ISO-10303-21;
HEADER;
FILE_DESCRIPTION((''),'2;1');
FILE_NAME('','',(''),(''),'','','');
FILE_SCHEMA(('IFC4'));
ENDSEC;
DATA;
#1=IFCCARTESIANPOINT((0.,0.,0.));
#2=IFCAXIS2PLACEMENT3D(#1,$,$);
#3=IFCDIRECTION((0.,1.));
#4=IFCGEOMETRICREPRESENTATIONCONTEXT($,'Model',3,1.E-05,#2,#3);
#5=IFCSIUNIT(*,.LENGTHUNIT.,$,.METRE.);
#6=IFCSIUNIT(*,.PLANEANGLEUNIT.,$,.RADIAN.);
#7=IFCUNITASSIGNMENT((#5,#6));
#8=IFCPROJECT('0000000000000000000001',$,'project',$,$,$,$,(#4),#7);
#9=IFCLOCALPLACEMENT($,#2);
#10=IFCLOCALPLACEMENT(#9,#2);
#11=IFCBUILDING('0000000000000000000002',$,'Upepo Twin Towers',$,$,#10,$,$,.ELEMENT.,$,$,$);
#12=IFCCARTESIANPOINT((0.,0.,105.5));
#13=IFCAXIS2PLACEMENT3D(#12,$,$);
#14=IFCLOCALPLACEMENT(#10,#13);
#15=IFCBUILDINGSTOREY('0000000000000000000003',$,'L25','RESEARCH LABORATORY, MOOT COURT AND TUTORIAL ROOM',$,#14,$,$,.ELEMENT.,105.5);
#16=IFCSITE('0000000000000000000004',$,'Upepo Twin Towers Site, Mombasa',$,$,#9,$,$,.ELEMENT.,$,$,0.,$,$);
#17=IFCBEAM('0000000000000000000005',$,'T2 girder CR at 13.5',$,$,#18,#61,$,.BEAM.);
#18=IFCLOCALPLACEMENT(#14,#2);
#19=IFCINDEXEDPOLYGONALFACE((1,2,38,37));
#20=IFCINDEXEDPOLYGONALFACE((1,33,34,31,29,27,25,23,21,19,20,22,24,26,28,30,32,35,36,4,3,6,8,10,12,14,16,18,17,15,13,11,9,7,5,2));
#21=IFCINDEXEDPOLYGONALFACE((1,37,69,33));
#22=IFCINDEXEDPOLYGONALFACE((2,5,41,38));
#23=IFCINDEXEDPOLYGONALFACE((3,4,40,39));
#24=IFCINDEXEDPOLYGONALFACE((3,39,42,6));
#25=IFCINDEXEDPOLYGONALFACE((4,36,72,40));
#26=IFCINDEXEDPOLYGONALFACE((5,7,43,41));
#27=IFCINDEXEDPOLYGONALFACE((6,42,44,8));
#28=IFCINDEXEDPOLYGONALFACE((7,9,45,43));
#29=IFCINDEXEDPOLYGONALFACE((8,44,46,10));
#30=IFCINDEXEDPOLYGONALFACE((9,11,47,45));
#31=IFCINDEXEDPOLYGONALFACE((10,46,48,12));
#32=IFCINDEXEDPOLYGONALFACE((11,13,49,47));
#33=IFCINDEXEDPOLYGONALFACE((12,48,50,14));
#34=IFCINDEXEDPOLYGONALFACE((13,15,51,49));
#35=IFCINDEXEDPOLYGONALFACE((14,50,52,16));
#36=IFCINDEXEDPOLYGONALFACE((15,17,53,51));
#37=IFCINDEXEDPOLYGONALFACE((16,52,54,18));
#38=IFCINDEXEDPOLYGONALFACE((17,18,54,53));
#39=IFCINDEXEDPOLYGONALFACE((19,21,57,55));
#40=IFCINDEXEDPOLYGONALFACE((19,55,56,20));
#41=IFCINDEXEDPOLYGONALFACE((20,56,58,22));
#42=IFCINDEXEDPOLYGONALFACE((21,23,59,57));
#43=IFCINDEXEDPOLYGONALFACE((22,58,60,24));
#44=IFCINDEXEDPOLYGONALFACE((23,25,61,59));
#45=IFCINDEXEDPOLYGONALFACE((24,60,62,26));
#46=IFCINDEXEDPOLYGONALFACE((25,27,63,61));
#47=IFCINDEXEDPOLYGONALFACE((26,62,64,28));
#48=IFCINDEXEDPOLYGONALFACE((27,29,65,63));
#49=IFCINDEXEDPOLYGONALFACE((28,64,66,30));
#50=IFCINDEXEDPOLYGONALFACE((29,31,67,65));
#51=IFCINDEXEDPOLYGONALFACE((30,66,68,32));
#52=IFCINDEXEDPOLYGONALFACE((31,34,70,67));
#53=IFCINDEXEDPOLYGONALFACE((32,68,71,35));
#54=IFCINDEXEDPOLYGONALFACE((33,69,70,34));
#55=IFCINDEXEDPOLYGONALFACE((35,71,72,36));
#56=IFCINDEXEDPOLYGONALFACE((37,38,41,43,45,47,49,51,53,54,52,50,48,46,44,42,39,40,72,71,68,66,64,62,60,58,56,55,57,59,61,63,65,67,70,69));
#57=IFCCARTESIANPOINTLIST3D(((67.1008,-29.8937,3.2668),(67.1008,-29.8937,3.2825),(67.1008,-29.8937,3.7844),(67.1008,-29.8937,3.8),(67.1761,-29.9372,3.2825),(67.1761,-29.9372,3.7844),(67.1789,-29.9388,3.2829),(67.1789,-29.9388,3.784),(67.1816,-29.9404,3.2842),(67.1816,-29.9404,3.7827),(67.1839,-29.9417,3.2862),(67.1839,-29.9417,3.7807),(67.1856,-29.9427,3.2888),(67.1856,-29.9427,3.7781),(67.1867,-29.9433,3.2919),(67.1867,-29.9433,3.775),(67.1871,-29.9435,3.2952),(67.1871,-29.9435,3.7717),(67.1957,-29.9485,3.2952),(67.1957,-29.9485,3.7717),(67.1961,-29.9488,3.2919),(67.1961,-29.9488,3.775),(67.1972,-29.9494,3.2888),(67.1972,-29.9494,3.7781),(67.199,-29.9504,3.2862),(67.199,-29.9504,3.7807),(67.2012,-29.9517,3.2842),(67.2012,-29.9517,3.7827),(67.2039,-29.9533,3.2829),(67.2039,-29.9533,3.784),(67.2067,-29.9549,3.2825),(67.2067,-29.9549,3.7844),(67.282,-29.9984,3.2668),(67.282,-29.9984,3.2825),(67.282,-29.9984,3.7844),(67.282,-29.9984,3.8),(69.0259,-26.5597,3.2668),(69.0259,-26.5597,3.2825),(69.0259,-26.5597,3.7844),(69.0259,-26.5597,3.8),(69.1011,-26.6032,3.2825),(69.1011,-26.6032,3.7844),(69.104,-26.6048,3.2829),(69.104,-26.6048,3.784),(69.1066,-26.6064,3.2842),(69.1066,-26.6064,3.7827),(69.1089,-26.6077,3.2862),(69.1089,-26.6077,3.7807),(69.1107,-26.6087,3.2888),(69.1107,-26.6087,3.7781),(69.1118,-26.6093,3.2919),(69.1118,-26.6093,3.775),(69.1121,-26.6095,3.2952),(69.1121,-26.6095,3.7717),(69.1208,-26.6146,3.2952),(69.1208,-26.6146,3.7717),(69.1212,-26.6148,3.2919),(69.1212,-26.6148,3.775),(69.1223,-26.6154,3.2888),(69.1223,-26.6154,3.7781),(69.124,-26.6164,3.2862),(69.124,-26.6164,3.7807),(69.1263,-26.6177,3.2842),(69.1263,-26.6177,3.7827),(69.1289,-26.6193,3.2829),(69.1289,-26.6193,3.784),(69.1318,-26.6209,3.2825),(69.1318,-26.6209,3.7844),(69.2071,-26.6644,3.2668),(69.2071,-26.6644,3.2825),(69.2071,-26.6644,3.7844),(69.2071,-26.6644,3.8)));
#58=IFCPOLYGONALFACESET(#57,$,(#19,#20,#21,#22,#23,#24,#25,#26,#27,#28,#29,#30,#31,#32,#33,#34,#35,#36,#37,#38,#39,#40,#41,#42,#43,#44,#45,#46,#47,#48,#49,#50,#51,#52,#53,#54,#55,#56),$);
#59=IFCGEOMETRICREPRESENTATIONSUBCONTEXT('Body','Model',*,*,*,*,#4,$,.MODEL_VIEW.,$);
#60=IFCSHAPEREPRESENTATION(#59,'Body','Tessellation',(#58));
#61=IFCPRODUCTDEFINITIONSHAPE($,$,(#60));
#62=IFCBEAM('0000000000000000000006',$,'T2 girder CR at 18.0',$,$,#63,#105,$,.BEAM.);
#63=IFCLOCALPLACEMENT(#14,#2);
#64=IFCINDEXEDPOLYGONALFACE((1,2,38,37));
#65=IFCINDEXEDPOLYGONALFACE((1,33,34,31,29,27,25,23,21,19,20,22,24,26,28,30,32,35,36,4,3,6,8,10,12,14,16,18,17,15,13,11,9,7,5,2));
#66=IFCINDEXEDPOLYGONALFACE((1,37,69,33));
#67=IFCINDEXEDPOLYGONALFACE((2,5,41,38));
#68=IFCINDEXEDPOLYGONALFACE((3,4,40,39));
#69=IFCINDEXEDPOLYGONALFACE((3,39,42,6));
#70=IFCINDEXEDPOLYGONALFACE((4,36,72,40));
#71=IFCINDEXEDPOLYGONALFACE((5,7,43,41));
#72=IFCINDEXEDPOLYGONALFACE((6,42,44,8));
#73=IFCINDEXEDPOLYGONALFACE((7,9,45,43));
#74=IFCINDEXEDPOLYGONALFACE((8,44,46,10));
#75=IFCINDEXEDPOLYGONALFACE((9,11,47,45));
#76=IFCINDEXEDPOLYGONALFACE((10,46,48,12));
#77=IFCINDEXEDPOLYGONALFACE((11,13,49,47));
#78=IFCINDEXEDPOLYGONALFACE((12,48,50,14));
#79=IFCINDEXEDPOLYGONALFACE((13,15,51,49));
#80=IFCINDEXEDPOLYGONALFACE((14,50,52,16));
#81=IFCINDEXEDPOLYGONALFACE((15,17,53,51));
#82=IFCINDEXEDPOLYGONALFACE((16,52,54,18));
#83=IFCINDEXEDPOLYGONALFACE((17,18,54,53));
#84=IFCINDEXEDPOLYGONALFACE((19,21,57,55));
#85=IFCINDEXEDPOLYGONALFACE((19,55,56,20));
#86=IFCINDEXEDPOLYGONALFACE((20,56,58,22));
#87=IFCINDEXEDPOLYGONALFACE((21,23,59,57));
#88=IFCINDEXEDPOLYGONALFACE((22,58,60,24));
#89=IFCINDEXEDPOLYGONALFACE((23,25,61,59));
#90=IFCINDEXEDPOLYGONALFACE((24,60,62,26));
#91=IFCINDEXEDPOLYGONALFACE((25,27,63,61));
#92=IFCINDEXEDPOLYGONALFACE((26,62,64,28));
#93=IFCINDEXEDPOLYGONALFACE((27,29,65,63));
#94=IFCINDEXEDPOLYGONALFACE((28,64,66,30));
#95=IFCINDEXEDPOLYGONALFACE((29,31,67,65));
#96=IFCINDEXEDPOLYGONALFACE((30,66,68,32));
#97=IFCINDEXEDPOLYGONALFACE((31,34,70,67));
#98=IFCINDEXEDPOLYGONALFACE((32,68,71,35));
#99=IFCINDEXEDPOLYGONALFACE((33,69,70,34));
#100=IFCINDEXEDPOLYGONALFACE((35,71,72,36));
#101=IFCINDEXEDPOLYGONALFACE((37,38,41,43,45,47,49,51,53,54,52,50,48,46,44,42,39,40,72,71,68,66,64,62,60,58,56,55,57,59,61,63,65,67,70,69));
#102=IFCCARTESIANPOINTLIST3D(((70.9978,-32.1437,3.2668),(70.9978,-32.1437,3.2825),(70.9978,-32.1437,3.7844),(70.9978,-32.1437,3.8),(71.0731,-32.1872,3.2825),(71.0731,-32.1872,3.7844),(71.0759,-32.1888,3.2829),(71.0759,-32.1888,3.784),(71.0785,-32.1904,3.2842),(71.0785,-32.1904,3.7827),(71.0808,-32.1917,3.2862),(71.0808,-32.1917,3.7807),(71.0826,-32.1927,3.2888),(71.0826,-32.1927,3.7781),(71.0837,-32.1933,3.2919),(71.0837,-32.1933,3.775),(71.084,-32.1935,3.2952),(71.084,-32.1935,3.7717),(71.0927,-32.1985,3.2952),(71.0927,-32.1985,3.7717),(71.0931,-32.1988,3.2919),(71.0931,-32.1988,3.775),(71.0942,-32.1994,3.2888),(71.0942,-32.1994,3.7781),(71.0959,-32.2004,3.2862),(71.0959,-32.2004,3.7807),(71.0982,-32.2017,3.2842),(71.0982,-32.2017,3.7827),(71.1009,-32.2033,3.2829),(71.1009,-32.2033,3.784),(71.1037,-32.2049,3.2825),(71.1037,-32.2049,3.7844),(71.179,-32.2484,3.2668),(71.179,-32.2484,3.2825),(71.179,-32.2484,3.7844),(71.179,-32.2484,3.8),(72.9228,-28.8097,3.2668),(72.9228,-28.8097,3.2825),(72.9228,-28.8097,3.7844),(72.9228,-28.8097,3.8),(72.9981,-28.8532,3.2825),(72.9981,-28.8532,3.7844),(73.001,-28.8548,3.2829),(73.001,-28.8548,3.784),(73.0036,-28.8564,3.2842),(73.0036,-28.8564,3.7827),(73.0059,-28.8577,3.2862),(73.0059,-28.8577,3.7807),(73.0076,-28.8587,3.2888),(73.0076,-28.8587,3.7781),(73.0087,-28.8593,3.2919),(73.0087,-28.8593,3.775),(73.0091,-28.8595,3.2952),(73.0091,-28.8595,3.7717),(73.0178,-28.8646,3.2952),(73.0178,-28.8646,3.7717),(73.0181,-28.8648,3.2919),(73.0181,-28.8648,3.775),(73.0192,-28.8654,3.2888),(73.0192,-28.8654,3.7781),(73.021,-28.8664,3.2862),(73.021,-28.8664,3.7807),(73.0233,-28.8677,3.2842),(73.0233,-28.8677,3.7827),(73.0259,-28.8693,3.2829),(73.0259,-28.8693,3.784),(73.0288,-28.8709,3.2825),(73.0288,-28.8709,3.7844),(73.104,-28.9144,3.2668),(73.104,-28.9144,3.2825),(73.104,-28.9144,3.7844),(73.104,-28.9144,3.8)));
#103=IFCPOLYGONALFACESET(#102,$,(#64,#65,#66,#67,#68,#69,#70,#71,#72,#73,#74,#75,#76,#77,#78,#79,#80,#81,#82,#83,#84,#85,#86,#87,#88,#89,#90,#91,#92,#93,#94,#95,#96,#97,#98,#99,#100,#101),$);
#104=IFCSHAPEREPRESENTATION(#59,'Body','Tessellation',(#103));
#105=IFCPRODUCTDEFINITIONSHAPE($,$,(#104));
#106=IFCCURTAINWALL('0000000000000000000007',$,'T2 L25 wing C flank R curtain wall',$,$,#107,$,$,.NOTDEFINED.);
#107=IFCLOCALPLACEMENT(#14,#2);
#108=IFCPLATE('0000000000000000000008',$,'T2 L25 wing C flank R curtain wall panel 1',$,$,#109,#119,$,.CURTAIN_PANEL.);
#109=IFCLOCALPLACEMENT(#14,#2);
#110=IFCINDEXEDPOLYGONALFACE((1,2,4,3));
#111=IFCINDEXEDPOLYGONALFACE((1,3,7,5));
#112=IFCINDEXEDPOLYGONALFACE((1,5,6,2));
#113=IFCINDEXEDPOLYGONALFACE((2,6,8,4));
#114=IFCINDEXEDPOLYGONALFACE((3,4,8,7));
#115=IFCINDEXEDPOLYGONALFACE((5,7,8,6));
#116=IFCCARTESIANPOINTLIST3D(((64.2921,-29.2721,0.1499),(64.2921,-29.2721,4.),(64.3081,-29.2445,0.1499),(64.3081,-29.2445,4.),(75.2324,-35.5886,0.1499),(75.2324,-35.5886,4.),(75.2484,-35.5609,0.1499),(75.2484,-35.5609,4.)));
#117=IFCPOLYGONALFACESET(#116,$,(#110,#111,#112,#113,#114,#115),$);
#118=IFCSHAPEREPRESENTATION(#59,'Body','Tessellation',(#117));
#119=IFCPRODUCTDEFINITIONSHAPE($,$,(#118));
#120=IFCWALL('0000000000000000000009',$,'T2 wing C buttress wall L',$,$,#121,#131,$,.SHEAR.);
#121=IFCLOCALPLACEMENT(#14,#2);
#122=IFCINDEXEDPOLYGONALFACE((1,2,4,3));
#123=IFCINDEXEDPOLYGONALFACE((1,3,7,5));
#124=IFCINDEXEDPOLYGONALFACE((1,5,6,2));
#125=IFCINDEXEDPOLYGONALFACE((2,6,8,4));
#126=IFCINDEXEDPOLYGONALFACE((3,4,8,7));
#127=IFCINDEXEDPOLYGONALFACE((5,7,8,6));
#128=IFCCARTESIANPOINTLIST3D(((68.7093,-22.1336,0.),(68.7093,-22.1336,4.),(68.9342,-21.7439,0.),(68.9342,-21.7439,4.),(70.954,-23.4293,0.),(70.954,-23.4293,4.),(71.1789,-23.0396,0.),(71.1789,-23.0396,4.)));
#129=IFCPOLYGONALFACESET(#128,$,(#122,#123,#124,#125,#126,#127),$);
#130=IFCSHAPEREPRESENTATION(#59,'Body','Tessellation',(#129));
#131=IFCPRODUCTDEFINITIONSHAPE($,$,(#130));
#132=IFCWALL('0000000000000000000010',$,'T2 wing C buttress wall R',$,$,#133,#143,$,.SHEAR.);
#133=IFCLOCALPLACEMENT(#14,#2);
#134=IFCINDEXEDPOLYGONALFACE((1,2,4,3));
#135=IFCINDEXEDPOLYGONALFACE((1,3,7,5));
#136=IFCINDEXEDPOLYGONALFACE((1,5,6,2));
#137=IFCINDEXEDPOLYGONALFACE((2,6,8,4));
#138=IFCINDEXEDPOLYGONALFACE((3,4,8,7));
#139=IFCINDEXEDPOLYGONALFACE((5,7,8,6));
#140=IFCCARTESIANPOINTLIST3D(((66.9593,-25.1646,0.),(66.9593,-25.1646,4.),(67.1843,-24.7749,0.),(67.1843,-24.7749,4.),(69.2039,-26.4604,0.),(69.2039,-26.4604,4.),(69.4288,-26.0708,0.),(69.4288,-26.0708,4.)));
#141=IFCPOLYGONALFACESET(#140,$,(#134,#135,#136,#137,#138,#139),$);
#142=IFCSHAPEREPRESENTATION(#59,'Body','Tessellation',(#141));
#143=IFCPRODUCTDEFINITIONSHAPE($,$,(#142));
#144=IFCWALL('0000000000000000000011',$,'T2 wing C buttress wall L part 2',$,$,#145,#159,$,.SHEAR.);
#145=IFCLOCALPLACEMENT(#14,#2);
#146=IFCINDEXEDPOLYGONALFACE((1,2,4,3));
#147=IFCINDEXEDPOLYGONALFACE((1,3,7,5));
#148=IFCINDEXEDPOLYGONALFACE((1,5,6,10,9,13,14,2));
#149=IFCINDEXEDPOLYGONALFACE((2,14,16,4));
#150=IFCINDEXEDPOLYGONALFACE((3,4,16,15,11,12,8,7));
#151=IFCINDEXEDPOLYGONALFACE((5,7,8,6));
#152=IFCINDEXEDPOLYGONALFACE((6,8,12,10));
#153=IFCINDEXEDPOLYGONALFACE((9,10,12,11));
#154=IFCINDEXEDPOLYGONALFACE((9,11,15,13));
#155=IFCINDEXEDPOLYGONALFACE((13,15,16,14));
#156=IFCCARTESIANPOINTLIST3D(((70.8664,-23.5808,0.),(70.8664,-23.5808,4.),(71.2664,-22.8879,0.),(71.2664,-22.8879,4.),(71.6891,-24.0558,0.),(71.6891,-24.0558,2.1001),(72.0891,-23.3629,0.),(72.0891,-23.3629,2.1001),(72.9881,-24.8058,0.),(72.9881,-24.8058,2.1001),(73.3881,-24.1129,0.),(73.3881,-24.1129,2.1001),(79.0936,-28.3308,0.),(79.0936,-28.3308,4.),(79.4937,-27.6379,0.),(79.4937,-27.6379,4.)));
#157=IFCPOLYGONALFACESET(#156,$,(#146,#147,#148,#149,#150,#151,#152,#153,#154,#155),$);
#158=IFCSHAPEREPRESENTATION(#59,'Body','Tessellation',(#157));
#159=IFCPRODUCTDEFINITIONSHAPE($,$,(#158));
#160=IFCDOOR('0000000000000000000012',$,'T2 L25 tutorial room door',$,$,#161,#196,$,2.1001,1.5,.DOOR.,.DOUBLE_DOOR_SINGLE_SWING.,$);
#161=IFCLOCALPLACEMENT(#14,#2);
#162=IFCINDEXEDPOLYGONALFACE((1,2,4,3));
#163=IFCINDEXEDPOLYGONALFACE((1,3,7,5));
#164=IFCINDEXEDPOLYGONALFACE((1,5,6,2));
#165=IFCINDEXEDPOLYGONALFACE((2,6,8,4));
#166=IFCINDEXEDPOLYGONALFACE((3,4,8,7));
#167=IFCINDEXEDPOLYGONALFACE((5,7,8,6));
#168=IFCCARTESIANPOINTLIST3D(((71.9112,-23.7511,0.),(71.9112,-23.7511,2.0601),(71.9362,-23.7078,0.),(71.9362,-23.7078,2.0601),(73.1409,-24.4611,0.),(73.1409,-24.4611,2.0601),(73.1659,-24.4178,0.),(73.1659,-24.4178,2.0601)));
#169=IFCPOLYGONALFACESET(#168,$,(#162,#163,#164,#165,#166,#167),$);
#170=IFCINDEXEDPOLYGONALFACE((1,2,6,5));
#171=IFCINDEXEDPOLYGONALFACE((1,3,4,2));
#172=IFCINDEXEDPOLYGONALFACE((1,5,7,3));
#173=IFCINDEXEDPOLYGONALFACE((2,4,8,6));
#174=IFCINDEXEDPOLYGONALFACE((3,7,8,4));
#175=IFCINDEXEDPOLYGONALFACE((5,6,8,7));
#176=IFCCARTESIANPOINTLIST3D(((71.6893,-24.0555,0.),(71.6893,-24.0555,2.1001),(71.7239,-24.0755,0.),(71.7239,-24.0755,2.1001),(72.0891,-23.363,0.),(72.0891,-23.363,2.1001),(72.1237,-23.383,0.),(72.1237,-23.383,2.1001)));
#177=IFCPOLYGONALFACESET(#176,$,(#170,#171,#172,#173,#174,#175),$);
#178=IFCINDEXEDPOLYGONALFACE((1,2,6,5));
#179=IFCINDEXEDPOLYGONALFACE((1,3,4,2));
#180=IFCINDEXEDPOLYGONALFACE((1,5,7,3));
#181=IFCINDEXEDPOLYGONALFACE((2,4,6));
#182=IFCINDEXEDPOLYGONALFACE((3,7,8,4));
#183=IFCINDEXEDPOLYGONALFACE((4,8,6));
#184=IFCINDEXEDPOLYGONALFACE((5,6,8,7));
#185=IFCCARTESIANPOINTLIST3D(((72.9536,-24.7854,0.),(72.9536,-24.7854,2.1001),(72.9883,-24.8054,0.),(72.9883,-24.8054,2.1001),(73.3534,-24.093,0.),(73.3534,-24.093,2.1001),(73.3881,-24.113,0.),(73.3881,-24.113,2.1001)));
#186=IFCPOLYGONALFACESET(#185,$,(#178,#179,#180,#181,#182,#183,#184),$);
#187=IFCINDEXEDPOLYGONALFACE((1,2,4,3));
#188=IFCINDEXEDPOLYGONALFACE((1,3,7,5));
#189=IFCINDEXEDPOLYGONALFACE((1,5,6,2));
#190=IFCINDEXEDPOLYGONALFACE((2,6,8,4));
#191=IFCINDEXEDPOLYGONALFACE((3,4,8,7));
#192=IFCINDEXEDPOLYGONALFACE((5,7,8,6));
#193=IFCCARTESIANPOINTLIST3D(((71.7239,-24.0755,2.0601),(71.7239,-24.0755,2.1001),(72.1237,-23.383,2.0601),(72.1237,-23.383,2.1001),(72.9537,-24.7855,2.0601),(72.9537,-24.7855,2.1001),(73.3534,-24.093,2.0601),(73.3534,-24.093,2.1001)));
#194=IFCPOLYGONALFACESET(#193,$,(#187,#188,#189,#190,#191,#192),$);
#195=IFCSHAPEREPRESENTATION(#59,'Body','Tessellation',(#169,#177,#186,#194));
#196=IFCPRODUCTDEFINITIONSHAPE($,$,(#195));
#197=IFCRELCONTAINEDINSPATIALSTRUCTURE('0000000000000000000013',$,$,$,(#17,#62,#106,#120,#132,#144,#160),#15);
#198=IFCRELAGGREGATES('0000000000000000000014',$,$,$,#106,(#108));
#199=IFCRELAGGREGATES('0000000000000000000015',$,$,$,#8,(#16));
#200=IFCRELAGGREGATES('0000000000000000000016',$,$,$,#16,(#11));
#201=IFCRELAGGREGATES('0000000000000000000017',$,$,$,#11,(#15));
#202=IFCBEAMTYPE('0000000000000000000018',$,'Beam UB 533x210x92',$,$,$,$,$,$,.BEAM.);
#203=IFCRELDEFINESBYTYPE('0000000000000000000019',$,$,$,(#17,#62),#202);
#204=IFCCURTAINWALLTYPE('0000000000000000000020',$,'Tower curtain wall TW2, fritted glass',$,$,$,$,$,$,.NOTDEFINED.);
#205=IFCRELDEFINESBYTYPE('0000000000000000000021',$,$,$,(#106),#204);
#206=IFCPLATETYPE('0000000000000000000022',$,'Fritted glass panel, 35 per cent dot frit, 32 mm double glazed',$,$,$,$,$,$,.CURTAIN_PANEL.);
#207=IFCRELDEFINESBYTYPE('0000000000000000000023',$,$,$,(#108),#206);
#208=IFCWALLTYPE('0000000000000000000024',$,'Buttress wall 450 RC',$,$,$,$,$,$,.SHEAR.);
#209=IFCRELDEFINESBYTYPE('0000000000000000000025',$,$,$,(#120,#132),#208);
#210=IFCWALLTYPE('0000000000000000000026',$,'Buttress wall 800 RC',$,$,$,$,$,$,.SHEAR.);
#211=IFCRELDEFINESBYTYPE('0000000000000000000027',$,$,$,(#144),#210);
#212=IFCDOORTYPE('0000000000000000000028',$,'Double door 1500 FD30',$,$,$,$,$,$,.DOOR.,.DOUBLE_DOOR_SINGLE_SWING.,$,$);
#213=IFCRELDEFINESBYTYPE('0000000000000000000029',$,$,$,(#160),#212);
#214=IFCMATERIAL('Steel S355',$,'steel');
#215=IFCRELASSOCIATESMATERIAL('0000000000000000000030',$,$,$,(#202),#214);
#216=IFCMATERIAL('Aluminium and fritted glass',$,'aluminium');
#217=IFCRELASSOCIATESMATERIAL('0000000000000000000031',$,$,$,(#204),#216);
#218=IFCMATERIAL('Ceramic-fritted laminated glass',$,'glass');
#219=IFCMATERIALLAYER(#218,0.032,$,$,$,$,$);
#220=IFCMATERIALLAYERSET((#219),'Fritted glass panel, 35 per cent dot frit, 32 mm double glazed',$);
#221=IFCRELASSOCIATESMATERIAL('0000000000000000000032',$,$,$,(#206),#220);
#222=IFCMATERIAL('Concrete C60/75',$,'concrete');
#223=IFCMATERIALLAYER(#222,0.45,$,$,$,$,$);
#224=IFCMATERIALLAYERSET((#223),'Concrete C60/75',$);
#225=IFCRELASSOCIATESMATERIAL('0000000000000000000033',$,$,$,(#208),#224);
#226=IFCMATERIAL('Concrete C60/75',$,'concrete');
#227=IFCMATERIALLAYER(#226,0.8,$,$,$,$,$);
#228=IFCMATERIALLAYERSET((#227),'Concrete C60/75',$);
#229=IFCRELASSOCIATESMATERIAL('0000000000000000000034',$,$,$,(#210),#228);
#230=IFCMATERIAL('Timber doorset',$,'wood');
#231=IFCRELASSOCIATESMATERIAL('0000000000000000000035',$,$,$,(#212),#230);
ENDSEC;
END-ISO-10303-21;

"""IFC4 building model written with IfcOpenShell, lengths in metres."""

from ifc_helpers import new_model, si_unit, direction, frame, frame_2d, origin, origin_2d, place, context, subcontext, project, spatial, rectangle, i_section, extrude, material, layer, layer_set, material_profile, profile_set, type_object, element, fill, aggregate, save


model = new_model("IFC4")

# Units and contexts
model_context = context("Model", 3, precision=1e-05, world=origin(), true_north=direction((0.0, 1.0)))
body_context = subcontext(model_context, "Body", "Model", "MODEL_VIEW")
ifc_project = project(units=[si_unit("LENGTHUNIT", "METRE"), si_unit("PLANEANGLEUNIT", "RADIAN")], contexts=[model_context])

# Site, building, storey
site_placement = place(None, origin())
site = spatial("IfcSite", under=ifc_project, at=site_placement, Name="Upepo Twin Towers Site, Mombasa", CompositionType="ELEMENT", RefElevation=0.0)
building_placement = place(site_placement, origin())
building = spatial("IfcBuilding", under=site, at=building_placement, Name="Upepo Twin Towers", CompositionType="ELEMENT")
storey_placement = place(building_placement, frame((0.0, 0.0, 105.5)))
storey = spatial("IfcBuildingStorey", under=building, at=storey_placement, Name="L25", Description="RESEARCH LABORATORY, MOOT COURT AND TUTORIAL ROOM", CompositionType="ELEMENT", Elevation=105.5)

# Beams
ifc_material_1 = material(Name="Steel S355", Category="steel")
ifc_material_profile_1 = material_profile(ifc_material_1, i_section(OverallWidth=0.2092, OverallDepth=0.5332, WebThickness=0.01, FlangeThickness=0.0156, FilletRadius=0.0127, at=origin_2d()), Name="UB 533x210x92")
ifc_profile_set_1 = profile_set([ifc_material_profile_1], Name="Steel S355")
beam_type_1 = type_object("IfcBeamType", Name="Beam UB 533x210x92", PredefinedType="BEAM", material=ifc_profile_set_1)
for number, where, z_axis, x_axis, name in (
    (1, (67.1914, -29.946, 3.5334), (0.500034, 0.866006, 0.0), (-0.866006, 0.500034, 0.0), "T2 girder CR at 13.5"),
    (2, (71.0884, -32.196, 3.5334), (0.500034, 0.866006, 0.0), (-0.866006, 0.500034, 0.0), "T2 girder CR at 18.0"),
):
    element("IfcBeam", number, at=place(storey_placement, frame(where, z_axis=z_axis, x_axis=x_axis)), inside=storey, type_object=beam_type_1, Name=name, PredefinedType="BEAM", context=body_context, shape_type="SweptSolid", body=[
        extrude(i_section(OverallWidth=0.2092, OverallDepth=0.5332, WebThickness=0.01, FlangeThickness=0.0156, FilletRadius=0.0127, at=origin_2d()), origin(), (0.0, 0.0, 1.0), 3.8499),
    ])

# Curtain wall, plate
ifc_material_2 = material(Name="Aluminium and fritted glass", Category="aluminium")
curtain_wall_type = type_object("IfcCurtainWallType", Name="Tower curtain wall TW2, fritted glass", PredefinedType="NOTDEFINED", material=ifc_material_2)
curtain_wall_placement = place(storey_placement, origin())
curtain_wall = element("IfcCurtainWall", 3, at=curtain_wall_placement, inside=storey, type_object=curtain_wall_type, Name="T2 L25 wing C flank R curtain wall", PredefinedType="NOTDEFINED")
ifc_material_3 = material(Name="Ceramic-fritted laminated glass", Category="glass")
ifc_layer_1 = layer(ifc_material_3, 0.032)
ifc_layer_set_1 = layer_set([ifc_layer_1], Name="Fritted glass panel, 35 per cent dot frit, 32 mm double glazed")
plate_type = type_object("IfcPlateType", Name="Fritted glass panel, 35 per cent dot frit, 32 mm double glazed", PredefinedType="CURTAIN_PANEL", material=ifc_layer_set_1)
plate_placement = place(storey_placement, frame((69.7703, -32.4165, 0.1499), z_axis=(0.0, 0.0, 1.0), x_axis=(-0.866025, 0.5, 0.0)))
plate = element("IfcPlate", 4, at=plate_placement, type_object=plate_type, Name="T2 L25 wing C flank R curtain wall panel 1", PredefinedType="CURTAIN_PANEL", context=body_context, shape_type="SweptSolid", body=[
    extrude(rectangle(XDim=12.6328, YDim=0.032, at=origin_2d()), origin(), (0.0, 0.0, 1.0), 3.8501),
])
aggregate(curtain_wall, [plate])

# Walls
ifc_material_4 = material(Name="Concrete C60/75", Category="concrete")
ifc_layer_2 = layer(ifc_material_4, 0.45)
ifc_layer_set_2 = layer_set([ifc_layer_2], Name="Concrete C60/75")
wall_type_1 = type_object("IfcWallType", Name="Buttress wall 450 RC", PredefinedType="SHEAR", material=ifc_layer_set_2)
for number, where, z_axis, x_axis, name in (
    (5, (68.8218, -21.9387, 0.0), (0.0, 0.0, 1.0), (0.866073, -0.499918, 0.0), "T2 wing C buttress wall L"),
    (6, (67.0718, -24.9697, 0.0), (0.0, 0.0, 1.0), (0.866032, -0.499989, 0.0), "T2 wing C buttress wall R"),
):
    element("IfcWall", number, at=place(storey_placement, frame(where, z_axis=z_axis, x_axis=x_axis)), inside=storey, type_object=wall_type_1, Name=name, PredefinedType="SHEAR", context=body_context, shape_type="SweptSolid", body=[
        extrude(rectangle(XDim=2.5918, YDim=0.45, at=frame_2d((1.2959, 0.0))), origin(), (0.0, 0.0, 1.0), 4.0),
    ])

# Wall, opening, door
ifc_material_5 = material(Name="Concrete C60/75", Category="concrete")
ifc_layer_3 = layer(ifc_material_5, 0.8)
ifc_layer_set_3 = layer_set([ifc_layer_3], Name="Concrete C60/75")
wall_type_2 = type_object("IfcWallType", Name="Buttress wall 800 RC", PredefinedType="SHEAR", material=ifc_layer_set_3)
wall_1_placement = place(storey_placement, frame((71.0664, -23.2344, 0.0), z_axis=(0.0, 0.0, 1.0), x_axis=(0.866027, -0.499998, 0.0)))
wall_1 = element("IfcWall", 7, at=wall_1_placement, inside=storey, type_object=wall_type_2, Name="T2 wing C buttress wall L part 2", PredefinedType="SHEAR", context=body_context, shape_type="SweptSolid", body=[
    extrude(rectangle(XDim=9.5, YDim=0.8, at=frame_2d((4.75, 0.0))), origin(), (0.0, 0.0, 1.0), 4.0),
])
opening_1_placement = place(wall_1_placement, frame((0.95, 0.0, 0.0)))
opening_1 = element("IfcOpeningElement", 8, at=opening_1_placement, cuts=wall_1, PredefinedType="OPENING", context=body_context, shape_type="SweptSolid", body=[
    extrude(rectangle(XDim=1.5, YDim=2.1001, at=frame_2d((0.75, 1.05))), frame((0.0, 0.4099, 0.0), z_axis=(0.0, -1.0, 0.0), x_axis=(1.0, 0.0, 0.0)), (0.0, 0.0, 1.0), 0.8201),
])
ifc_material_6 = material(Name="Timber doorset", Category="wood")
door_type_1 = type_object("IfcDoorType", Name="Double door 1500 FD30", OperationType="DOUBLE_DOOR_SINGLE_SWING", PredefinedType="DOOR", material=ifc_material_6)
door_1_placement = place(opening_1_placement, origin())
door_1 = element("IfcDoor", 9, at=door_1_placement, inside=storey, type_object=door_type_1, Name="T2 L25 tutorial room door", OperationType="DOUBLE_DOOR_SINGLE_SWING", OverallHeight=2.1001, OverallWidth=1.5, PredefinedType="DOOR", context=body_context, shape_type="SweptSolid", body=[
    extrude(rectangle(XDim=1.42, YDim=2.0601, at=frame_2d((0.75, 1.03))), frame((0.0, 0.0249, 0.0), z_axis=(0.0, -1.0, 0.0), x_axis=(1.0, 0.0, 0.0)), (0.0, 0.0, 1.0), 0.05),
    extrude(rectangle(XDim=0.04, YDim=2.1001, at=frame_2d((0.02, 1.05))), frame((0.0, 0.3999, 0.0), z_axis=(0.0, -1.0, 0.0), x_axis=(1.0, 0.0, 0.0)), (0.0, 0.0, 1.0), 0.7996),
    extrude(rectangle(XDim=0.04, YDim=2.1001, at=frame_2d((1.48, 1.05))), frame((0.0, 0.3999, 0.0), z_axis=(0.0, -1.0, 0.0), x_axis=(1.0, 0.0, 0.0)), (0.0, 0.0, 1.0), 0.7996),
    extrude(rectangle(XDim=1.42, YDim=0.04, at=frame_2d((0.75, 2.0801))), frame((0.0, 0.3999, 0.0), z_axis=(0.0, -1.0, 0.0), x_axis=(1.0, 0.0, 0.0)), (0.0, 0.0, 1.0), 0.7996),
])
fill(opening_1, door_1)

save(model, "model.ifc")
